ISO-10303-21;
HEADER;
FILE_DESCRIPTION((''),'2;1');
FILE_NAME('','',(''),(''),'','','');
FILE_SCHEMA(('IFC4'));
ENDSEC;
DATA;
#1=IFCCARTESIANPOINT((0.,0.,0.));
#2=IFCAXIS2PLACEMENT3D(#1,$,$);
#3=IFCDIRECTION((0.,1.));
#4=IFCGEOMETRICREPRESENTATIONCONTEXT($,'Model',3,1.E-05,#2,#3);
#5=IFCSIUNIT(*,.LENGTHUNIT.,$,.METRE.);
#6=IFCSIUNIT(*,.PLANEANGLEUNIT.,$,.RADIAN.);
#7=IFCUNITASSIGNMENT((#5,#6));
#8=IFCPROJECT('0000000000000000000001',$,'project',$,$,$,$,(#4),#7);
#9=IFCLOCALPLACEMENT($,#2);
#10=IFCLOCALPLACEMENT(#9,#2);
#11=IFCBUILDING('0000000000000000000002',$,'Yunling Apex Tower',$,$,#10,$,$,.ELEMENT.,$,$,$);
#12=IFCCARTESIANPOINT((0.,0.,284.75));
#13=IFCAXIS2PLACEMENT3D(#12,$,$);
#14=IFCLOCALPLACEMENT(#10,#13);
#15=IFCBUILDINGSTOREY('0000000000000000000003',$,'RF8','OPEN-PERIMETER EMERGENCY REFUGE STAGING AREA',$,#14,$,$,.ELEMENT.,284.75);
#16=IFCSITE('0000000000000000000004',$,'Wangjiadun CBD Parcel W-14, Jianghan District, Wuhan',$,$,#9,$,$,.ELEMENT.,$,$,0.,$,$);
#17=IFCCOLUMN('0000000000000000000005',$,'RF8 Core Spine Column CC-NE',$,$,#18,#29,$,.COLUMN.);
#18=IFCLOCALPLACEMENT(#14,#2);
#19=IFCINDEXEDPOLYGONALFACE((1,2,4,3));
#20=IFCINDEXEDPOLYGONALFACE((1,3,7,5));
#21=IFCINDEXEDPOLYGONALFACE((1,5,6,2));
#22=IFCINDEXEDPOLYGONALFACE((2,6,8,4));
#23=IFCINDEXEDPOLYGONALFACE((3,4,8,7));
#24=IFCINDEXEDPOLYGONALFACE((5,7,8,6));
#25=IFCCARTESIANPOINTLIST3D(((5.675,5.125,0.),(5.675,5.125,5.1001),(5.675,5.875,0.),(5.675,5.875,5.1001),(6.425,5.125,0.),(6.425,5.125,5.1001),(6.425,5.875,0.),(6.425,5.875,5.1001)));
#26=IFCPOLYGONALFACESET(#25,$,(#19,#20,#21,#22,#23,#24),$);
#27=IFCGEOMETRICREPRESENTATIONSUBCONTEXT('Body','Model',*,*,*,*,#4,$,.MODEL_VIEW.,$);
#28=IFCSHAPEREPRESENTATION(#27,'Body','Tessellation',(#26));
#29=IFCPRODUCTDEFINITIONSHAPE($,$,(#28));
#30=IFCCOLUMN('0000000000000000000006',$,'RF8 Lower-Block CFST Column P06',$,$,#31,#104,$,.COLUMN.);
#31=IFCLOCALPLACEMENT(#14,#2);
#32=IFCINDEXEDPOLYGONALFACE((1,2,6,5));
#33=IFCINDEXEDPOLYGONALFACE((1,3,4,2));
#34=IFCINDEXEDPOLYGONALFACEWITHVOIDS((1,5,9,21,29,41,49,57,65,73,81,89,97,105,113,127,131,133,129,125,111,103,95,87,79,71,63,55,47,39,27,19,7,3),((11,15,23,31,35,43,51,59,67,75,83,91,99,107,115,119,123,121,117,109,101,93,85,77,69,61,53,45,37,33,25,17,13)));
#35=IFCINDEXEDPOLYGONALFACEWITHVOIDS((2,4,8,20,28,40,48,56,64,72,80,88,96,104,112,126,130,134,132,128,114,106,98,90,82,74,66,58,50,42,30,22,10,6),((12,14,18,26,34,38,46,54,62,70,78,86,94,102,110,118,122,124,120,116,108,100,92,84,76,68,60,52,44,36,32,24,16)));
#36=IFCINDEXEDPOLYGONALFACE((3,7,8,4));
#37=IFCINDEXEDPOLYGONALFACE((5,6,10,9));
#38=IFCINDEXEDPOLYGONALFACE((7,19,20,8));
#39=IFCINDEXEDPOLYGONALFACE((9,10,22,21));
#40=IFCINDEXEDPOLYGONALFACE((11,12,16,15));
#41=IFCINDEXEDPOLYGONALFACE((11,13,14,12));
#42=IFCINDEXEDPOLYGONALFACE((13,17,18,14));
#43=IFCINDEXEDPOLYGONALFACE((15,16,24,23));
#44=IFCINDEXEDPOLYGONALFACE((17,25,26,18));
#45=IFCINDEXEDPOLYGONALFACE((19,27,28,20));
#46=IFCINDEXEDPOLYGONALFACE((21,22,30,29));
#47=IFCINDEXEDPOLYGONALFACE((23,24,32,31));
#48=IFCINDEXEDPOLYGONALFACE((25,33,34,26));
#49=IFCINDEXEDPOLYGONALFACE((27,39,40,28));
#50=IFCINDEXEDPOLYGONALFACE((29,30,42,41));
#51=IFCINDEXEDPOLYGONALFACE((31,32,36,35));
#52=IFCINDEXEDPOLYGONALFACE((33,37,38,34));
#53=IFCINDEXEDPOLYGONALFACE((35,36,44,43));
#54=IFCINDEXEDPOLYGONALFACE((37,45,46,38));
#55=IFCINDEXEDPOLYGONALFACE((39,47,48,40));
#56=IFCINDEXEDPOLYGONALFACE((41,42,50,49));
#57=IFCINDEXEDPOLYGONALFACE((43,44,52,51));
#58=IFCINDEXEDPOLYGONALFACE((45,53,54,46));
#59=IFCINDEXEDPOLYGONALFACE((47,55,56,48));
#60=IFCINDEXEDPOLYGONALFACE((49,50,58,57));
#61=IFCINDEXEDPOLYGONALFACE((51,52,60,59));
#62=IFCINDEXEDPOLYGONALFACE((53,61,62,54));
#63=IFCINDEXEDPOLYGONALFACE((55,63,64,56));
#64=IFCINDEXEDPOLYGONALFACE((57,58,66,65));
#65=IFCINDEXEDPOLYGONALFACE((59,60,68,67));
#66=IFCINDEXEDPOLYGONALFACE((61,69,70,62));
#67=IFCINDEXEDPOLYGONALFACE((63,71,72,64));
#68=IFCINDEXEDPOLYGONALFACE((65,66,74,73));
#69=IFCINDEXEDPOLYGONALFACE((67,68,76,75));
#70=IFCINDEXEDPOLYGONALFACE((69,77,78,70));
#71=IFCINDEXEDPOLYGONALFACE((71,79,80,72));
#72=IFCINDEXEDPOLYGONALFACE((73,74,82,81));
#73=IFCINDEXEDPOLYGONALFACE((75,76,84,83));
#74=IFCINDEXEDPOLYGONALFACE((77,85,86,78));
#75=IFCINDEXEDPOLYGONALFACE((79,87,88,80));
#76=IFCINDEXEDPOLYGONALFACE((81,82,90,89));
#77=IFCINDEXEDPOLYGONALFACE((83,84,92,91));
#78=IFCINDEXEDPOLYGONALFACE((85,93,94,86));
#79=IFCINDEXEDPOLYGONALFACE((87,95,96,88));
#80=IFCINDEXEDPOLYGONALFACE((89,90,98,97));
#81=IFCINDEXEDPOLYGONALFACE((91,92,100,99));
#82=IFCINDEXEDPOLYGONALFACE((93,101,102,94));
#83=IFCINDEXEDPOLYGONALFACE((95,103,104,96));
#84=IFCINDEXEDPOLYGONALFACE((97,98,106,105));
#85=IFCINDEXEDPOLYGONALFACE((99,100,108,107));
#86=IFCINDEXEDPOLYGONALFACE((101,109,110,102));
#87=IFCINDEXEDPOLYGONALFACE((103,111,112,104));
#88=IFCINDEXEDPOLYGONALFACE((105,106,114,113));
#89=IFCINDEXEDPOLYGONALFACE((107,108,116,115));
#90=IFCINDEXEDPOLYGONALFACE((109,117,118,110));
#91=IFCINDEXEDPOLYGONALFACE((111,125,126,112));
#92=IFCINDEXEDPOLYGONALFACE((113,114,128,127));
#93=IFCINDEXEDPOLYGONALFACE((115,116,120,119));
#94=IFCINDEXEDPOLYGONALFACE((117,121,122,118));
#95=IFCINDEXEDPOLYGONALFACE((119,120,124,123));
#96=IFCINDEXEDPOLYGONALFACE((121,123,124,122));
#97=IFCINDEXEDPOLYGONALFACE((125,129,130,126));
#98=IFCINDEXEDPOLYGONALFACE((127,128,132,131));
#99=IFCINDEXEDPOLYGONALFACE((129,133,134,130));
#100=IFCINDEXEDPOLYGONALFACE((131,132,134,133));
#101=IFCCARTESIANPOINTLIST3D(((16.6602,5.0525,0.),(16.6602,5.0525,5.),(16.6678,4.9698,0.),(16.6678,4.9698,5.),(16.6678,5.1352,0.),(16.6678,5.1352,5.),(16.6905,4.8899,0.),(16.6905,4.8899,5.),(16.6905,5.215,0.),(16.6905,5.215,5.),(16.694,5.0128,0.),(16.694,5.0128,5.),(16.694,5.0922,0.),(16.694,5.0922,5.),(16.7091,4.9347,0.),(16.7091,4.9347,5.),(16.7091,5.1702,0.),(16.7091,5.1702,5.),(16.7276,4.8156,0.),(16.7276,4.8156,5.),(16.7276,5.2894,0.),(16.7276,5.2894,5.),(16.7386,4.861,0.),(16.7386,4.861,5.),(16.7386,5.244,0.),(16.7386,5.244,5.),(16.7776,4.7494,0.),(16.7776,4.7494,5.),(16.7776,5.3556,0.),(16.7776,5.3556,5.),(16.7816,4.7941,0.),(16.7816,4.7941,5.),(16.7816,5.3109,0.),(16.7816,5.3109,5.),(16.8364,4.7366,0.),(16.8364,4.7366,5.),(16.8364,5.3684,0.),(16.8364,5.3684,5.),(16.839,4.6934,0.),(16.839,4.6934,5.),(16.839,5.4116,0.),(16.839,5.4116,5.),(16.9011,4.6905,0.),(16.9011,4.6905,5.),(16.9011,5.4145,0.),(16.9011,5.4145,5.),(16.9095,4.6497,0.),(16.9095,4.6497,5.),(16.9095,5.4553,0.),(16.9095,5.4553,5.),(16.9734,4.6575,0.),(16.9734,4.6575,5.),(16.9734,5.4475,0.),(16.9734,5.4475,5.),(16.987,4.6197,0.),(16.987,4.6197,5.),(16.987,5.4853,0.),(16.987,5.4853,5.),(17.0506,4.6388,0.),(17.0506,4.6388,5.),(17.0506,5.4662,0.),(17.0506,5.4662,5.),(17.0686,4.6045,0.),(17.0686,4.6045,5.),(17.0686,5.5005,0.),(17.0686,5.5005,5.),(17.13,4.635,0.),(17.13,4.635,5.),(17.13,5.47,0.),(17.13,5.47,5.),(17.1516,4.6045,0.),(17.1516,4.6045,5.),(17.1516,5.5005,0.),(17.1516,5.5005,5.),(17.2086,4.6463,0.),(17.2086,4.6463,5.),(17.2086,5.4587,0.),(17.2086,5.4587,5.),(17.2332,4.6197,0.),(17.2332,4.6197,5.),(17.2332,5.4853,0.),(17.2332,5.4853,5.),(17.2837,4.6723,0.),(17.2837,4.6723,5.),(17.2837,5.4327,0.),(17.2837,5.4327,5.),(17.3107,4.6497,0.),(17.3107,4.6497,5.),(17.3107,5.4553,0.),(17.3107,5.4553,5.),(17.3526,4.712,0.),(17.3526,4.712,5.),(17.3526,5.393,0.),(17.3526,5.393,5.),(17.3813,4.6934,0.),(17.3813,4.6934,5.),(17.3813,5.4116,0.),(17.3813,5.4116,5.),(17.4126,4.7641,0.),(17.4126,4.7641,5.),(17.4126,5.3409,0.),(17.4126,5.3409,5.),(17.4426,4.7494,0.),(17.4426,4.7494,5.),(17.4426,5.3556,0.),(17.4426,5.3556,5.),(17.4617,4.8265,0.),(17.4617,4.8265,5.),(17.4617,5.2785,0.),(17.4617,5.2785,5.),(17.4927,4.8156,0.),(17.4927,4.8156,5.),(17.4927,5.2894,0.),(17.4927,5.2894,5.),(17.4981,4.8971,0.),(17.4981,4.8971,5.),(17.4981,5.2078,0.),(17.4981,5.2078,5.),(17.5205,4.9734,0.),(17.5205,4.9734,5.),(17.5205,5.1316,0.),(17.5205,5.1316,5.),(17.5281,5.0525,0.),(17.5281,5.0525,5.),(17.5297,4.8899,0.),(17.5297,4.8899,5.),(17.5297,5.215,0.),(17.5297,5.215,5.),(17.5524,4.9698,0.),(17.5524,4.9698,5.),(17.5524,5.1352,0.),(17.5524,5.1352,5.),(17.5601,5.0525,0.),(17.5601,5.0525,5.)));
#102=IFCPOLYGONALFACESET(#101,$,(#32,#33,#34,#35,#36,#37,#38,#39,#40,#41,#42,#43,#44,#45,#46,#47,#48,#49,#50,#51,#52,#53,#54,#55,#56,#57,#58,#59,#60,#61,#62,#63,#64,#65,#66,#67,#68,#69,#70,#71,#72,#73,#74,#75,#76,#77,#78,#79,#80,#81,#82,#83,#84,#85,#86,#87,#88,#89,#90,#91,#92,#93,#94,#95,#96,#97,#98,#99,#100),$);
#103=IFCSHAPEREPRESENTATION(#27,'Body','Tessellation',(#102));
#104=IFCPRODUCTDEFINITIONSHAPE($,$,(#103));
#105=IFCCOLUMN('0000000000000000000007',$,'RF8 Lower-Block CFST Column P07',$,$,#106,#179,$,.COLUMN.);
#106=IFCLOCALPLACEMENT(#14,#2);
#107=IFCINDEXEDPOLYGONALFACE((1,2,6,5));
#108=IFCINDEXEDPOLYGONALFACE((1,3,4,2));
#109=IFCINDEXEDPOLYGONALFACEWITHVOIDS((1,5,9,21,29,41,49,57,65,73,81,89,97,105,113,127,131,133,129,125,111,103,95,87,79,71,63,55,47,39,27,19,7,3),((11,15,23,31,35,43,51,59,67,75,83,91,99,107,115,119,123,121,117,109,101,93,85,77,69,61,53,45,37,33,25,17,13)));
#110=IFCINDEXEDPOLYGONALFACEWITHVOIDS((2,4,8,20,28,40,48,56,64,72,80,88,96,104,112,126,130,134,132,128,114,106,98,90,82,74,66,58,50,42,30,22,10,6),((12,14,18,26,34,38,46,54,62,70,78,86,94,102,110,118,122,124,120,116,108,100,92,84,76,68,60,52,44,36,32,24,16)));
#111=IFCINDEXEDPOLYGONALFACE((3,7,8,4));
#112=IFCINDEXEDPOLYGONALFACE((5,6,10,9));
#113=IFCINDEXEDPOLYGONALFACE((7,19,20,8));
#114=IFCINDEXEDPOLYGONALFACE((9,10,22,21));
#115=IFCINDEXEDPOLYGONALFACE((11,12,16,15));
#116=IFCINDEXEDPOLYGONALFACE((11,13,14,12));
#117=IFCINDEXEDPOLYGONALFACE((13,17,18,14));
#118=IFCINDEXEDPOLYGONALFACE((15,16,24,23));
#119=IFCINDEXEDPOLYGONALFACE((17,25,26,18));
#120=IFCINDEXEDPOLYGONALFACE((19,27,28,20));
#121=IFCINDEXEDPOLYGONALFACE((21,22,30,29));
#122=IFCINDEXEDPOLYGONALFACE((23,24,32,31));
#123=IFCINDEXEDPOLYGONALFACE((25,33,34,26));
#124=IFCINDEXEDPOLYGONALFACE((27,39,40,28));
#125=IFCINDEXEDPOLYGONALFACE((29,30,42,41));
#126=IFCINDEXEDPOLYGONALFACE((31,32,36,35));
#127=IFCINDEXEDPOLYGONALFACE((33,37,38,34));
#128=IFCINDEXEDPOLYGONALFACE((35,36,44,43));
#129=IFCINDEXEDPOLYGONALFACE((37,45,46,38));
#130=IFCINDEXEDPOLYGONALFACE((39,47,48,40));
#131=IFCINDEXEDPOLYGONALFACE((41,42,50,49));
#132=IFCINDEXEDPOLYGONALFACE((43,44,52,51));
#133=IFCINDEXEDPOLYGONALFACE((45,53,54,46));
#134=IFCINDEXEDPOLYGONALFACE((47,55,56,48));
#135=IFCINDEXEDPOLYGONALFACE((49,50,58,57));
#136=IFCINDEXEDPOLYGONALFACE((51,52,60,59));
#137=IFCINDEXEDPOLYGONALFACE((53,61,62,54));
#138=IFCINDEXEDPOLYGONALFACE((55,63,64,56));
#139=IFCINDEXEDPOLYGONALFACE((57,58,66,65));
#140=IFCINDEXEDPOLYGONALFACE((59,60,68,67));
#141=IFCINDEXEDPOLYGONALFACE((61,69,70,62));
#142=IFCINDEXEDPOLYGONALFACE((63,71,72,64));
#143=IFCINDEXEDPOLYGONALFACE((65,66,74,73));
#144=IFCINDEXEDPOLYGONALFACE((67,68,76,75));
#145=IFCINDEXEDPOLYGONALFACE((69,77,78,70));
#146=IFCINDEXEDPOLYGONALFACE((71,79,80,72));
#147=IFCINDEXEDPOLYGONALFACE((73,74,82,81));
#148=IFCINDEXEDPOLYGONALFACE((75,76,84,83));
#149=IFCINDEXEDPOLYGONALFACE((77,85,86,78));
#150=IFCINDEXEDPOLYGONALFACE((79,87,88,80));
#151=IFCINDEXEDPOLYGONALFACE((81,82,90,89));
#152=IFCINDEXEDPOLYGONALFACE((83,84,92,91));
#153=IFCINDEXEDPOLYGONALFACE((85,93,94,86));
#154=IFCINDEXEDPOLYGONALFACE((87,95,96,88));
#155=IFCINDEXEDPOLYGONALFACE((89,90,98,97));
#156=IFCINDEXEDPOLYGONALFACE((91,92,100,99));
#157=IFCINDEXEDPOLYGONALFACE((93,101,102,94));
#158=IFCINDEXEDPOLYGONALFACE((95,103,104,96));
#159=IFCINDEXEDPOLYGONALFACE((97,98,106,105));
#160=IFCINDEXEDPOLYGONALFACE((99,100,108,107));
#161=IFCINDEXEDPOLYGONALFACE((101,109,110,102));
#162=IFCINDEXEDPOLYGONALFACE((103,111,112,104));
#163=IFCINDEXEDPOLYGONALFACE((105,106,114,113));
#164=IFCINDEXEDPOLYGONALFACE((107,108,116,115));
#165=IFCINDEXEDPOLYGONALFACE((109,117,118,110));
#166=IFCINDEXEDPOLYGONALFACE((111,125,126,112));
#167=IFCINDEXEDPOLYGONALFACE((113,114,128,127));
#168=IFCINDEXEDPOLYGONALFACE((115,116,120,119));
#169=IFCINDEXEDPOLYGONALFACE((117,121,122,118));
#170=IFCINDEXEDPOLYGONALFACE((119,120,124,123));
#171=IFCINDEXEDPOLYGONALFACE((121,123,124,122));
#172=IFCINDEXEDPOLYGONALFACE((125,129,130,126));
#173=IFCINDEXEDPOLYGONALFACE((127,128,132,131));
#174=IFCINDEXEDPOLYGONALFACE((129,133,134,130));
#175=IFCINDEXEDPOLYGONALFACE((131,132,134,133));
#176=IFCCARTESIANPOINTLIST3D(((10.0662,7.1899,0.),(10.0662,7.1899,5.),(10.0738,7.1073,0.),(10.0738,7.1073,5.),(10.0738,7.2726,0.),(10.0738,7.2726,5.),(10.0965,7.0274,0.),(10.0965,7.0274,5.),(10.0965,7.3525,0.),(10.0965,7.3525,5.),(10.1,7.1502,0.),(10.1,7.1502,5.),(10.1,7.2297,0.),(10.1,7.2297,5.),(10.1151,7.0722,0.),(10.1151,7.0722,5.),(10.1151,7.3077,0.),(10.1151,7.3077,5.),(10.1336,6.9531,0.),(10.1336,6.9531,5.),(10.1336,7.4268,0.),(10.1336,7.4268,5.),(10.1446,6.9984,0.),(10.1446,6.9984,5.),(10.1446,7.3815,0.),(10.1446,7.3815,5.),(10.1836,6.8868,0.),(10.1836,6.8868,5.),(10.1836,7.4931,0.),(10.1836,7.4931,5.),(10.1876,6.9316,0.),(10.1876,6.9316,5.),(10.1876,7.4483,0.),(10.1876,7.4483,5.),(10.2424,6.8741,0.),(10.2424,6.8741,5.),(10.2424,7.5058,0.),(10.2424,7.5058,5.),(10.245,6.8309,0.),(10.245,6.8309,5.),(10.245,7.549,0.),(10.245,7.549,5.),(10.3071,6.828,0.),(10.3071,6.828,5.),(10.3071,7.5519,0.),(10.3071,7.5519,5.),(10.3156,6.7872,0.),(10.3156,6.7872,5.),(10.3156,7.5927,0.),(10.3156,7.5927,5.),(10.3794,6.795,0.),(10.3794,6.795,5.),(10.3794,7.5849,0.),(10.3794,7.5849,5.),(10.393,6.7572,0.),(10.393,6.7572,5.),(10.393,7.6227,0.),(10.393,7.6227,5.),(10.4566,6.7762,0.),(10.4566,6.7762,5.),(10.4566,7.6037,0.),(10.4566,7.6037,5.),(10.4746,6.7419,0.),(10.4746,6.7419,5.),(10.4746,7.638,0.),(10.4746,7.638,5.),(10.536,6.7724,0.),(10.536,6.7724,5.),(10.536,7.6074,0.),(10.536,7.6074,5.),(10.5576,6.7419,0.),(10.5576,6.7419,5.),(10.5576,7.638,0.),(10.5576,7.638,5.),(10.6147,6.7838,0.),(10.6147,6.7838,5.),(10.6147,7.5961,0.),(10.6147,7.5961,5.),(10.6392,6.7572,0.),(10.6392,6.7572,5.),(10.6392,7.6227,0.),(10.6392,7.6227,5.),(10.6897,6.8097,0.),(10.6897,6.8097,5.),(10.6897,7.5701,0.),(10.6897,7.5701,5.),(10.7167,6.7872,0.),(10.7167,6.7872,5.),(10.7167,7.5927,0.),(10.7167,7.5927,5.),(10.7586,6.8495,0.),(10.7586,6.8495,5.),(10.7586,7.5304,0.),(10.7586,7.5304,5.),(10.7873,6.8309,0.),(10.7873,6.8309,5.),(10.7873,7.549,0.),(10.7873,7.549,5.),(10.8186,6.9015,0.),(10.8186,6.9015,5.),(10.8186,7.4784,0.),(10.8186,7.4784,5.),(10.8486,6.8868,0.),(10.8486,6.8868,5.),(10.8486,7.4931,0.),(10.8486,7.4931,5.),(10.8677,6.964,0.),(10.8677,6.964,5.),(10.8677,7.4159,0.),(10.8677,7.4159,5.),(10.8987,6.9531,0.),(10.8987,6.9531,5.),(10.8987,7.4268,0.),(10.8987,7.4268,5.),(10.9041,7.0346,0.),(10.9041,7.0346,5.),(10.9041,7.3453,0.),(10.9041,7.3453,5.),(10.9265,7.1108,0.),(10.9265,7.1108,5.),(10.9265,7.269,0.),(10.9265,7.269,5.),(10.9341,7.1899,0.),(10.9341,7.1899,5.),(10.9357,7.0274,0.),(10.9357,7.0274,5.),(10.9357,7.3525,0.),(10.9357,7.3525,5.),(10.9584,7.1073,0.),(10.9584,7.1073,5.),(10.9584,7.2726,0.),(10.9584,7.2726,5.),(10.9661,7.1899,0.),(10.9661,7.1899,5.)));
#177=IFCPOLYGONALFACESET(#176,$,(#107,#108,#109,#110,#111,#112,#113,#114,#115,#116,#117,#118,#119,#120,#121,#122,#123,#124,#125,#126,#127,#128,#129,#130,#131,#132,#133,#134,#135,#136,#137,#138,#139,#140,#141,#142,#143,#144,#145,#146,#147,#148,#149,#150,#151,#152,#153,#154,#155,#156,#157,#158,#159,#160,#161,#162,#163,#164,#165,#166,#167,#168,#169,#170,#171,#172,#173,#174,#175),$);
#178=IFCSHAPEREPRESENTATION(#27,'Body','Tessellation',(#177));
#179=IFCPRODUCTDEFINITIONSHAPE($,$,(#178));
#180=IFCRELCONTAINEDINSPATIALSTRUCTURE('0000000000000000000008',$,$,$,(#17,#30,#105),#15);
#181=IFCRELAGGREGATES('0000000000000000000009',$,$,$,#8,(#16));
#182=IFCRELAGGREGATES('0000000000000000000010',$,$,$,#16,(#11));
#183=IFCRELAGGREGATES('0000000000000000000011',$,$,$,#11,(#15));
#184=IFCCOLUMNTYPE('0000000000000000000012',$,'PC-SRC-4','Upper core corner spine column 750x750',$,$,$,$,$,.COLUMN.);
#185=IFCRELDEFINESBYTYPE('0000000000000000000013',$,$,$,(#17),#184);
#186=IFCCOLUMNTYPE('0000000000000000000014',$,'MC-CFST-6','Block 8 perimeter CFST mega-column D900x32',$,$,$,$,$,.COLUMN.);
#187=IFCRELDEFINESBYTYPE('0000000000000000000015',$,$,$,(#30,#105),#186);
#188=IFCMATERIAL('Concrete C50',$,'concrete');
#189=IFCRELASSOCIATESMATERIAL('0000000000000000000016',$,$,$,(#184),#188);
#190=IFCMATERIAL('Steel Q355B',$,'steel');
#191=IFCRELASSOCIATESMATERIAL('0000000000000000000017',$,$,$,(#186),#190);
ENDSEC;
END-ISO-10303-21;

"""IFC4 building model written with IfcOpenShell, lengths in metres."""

from ifc_helpers import new_model, si_unit, direction, frame, origin, origin_2d, place, context, subcontext, project, spatial, rectangle, hollow_circle, extrude, source, transform, mapped, material, material_profile, profile_set, type_object, element, save


model = new_model("IFC4")

# Units and contexts
model_context = context("Model", 3, precision=1e-05, world=origin(), true_north=direction((0.0, 1.0)))
body_context = subcontext(model_context, "Body", "Model", "MODEL_VIEW")
ifc_project = project(units=[si_unit("LENGTHUNIT", "METRE"), si_unit("PLANEANGLEUNIT", "RADIAN")], contexts=[model_context])

# Site, building, storey
site_placement = place(None, origin())
site = spatial("IfcSite", under=ifc_project, at=site_placement, Name="Wangjiadun CBD Parcel W-14, Jianghan District, Wuhan", CompositionType="ELEMENT", RefElevation=0.0)
building_placement = place(site_placement, origin())
building = spatial("IfcBuilding", under=site, at=building_placement, Name="Yunling Apex Tower", CompositionType="ELEMENT")
storey_placement = place(building_placement, frame((0.0, 0.0, 284.75)))
storey = spatial("IfcBuildingStorey", under=building, at=storey_placement, Name="RF8", Description="OPEN-PERIMETER EMERGENCY REFUGE STAGING AREA", CompositionType="ELEMENT", Elevation=284.75)

# Columns
ifc_material_1 = material(Name="Concrete C50", Category="concrete")
ifc_material_profile_1 = material_profile(ifc_material_1, rectangle(XDim=0.75, YDim=0.75, at=origin_2d()))
ifc_profile_set_1 = profile_set([ifc_material_profile_1], Name="Concrete C50")
column_type_1 = type_object("IfcColumnType", Name="PC-SRC-4", Description="Upper core corner spine column 750x750", PredefinedType="COLUMN", material=ifc_profile_set_1)
shared_shape_1 = source(origin(), body_context, "Body", "SweptSolid", [
    extrude(rectangle(XDim=0.75, YDim=0.75, at=origin_2d()), origin(), (0.0, 0.0, 1.0), 5.1001),
])
column_placement = place(storey_placement, frame((6.05, 5.5, 0.0), z_axis=(0.0, 0.0, 1.0), x_axis=(1.0, 0.0, 0.0)))
element("IfcColumn", 1, at=column_placement, inside=storey, type_object=column_type_1, Name="RF8 Core Spine Column CC-NE", PredefinedType="COLUMN", context=body_context, shape_type="MappedRepresentation", body=[
    mapped(shared_shape_1, transform((0.0, 0.0, 0.0), scale=1.0)),
])
ifc_material_2 = material(Name="Steel Q355B", Category="steel")
ifc_material_profile_2 = material_profile(ifc_material_2, hollow_circle(Radius=0.45, WallThickness=0.032, at=origin_2d()))
ifc_profile_set_2 = profile_set([ifc_material_profile_2], Name="Steel Q355B")
column_type_2 = type_object("IfcColumnType", Name="MC-CFST-6", Description="Block 8 perimeter CFST mega-column D900x32", PredefinedType="COLUMN", material=ifc_profile_set_2)
shared_shape_2 = source(origin(), body_context, "Body", "SweptSolid", [
    extrude(hollow_circle(Radius=0.45, WallThickness=0.032, at=origin_2d()), origin(), (0.0, 0.0, 1.0), 5.0),
])
for number, where, z_axis, x_axis, name in (
    (2, (17.1101, 5.0525, 0.0), (0.0, 0.0, 1.0), (1.0, 0.0, 0.0), "RF8 Lower-Block CFST Column P06"),
    (3, (10.5161, 7.1899, 0.0), (0.0, 0.0, 1.0), (1.0, 0.0, 0.0), "RF8 Lower-Block CFST Column P07"),
):
    element("IfcColumn", number, at=place(storey_placement, frame(where, z_axis=z_axis, x_axis=x_axis)), inside=storey, type_object=column_type_2, Name=name, PredefinedType="COLUMN", context=body_context, shape_type="MappedRepresentation", body=[
        mapped(shared_shape_2, transform((0.0, 0.0, 0.0), scale=1.0)),
    ])

save(model, "model.ifc")
